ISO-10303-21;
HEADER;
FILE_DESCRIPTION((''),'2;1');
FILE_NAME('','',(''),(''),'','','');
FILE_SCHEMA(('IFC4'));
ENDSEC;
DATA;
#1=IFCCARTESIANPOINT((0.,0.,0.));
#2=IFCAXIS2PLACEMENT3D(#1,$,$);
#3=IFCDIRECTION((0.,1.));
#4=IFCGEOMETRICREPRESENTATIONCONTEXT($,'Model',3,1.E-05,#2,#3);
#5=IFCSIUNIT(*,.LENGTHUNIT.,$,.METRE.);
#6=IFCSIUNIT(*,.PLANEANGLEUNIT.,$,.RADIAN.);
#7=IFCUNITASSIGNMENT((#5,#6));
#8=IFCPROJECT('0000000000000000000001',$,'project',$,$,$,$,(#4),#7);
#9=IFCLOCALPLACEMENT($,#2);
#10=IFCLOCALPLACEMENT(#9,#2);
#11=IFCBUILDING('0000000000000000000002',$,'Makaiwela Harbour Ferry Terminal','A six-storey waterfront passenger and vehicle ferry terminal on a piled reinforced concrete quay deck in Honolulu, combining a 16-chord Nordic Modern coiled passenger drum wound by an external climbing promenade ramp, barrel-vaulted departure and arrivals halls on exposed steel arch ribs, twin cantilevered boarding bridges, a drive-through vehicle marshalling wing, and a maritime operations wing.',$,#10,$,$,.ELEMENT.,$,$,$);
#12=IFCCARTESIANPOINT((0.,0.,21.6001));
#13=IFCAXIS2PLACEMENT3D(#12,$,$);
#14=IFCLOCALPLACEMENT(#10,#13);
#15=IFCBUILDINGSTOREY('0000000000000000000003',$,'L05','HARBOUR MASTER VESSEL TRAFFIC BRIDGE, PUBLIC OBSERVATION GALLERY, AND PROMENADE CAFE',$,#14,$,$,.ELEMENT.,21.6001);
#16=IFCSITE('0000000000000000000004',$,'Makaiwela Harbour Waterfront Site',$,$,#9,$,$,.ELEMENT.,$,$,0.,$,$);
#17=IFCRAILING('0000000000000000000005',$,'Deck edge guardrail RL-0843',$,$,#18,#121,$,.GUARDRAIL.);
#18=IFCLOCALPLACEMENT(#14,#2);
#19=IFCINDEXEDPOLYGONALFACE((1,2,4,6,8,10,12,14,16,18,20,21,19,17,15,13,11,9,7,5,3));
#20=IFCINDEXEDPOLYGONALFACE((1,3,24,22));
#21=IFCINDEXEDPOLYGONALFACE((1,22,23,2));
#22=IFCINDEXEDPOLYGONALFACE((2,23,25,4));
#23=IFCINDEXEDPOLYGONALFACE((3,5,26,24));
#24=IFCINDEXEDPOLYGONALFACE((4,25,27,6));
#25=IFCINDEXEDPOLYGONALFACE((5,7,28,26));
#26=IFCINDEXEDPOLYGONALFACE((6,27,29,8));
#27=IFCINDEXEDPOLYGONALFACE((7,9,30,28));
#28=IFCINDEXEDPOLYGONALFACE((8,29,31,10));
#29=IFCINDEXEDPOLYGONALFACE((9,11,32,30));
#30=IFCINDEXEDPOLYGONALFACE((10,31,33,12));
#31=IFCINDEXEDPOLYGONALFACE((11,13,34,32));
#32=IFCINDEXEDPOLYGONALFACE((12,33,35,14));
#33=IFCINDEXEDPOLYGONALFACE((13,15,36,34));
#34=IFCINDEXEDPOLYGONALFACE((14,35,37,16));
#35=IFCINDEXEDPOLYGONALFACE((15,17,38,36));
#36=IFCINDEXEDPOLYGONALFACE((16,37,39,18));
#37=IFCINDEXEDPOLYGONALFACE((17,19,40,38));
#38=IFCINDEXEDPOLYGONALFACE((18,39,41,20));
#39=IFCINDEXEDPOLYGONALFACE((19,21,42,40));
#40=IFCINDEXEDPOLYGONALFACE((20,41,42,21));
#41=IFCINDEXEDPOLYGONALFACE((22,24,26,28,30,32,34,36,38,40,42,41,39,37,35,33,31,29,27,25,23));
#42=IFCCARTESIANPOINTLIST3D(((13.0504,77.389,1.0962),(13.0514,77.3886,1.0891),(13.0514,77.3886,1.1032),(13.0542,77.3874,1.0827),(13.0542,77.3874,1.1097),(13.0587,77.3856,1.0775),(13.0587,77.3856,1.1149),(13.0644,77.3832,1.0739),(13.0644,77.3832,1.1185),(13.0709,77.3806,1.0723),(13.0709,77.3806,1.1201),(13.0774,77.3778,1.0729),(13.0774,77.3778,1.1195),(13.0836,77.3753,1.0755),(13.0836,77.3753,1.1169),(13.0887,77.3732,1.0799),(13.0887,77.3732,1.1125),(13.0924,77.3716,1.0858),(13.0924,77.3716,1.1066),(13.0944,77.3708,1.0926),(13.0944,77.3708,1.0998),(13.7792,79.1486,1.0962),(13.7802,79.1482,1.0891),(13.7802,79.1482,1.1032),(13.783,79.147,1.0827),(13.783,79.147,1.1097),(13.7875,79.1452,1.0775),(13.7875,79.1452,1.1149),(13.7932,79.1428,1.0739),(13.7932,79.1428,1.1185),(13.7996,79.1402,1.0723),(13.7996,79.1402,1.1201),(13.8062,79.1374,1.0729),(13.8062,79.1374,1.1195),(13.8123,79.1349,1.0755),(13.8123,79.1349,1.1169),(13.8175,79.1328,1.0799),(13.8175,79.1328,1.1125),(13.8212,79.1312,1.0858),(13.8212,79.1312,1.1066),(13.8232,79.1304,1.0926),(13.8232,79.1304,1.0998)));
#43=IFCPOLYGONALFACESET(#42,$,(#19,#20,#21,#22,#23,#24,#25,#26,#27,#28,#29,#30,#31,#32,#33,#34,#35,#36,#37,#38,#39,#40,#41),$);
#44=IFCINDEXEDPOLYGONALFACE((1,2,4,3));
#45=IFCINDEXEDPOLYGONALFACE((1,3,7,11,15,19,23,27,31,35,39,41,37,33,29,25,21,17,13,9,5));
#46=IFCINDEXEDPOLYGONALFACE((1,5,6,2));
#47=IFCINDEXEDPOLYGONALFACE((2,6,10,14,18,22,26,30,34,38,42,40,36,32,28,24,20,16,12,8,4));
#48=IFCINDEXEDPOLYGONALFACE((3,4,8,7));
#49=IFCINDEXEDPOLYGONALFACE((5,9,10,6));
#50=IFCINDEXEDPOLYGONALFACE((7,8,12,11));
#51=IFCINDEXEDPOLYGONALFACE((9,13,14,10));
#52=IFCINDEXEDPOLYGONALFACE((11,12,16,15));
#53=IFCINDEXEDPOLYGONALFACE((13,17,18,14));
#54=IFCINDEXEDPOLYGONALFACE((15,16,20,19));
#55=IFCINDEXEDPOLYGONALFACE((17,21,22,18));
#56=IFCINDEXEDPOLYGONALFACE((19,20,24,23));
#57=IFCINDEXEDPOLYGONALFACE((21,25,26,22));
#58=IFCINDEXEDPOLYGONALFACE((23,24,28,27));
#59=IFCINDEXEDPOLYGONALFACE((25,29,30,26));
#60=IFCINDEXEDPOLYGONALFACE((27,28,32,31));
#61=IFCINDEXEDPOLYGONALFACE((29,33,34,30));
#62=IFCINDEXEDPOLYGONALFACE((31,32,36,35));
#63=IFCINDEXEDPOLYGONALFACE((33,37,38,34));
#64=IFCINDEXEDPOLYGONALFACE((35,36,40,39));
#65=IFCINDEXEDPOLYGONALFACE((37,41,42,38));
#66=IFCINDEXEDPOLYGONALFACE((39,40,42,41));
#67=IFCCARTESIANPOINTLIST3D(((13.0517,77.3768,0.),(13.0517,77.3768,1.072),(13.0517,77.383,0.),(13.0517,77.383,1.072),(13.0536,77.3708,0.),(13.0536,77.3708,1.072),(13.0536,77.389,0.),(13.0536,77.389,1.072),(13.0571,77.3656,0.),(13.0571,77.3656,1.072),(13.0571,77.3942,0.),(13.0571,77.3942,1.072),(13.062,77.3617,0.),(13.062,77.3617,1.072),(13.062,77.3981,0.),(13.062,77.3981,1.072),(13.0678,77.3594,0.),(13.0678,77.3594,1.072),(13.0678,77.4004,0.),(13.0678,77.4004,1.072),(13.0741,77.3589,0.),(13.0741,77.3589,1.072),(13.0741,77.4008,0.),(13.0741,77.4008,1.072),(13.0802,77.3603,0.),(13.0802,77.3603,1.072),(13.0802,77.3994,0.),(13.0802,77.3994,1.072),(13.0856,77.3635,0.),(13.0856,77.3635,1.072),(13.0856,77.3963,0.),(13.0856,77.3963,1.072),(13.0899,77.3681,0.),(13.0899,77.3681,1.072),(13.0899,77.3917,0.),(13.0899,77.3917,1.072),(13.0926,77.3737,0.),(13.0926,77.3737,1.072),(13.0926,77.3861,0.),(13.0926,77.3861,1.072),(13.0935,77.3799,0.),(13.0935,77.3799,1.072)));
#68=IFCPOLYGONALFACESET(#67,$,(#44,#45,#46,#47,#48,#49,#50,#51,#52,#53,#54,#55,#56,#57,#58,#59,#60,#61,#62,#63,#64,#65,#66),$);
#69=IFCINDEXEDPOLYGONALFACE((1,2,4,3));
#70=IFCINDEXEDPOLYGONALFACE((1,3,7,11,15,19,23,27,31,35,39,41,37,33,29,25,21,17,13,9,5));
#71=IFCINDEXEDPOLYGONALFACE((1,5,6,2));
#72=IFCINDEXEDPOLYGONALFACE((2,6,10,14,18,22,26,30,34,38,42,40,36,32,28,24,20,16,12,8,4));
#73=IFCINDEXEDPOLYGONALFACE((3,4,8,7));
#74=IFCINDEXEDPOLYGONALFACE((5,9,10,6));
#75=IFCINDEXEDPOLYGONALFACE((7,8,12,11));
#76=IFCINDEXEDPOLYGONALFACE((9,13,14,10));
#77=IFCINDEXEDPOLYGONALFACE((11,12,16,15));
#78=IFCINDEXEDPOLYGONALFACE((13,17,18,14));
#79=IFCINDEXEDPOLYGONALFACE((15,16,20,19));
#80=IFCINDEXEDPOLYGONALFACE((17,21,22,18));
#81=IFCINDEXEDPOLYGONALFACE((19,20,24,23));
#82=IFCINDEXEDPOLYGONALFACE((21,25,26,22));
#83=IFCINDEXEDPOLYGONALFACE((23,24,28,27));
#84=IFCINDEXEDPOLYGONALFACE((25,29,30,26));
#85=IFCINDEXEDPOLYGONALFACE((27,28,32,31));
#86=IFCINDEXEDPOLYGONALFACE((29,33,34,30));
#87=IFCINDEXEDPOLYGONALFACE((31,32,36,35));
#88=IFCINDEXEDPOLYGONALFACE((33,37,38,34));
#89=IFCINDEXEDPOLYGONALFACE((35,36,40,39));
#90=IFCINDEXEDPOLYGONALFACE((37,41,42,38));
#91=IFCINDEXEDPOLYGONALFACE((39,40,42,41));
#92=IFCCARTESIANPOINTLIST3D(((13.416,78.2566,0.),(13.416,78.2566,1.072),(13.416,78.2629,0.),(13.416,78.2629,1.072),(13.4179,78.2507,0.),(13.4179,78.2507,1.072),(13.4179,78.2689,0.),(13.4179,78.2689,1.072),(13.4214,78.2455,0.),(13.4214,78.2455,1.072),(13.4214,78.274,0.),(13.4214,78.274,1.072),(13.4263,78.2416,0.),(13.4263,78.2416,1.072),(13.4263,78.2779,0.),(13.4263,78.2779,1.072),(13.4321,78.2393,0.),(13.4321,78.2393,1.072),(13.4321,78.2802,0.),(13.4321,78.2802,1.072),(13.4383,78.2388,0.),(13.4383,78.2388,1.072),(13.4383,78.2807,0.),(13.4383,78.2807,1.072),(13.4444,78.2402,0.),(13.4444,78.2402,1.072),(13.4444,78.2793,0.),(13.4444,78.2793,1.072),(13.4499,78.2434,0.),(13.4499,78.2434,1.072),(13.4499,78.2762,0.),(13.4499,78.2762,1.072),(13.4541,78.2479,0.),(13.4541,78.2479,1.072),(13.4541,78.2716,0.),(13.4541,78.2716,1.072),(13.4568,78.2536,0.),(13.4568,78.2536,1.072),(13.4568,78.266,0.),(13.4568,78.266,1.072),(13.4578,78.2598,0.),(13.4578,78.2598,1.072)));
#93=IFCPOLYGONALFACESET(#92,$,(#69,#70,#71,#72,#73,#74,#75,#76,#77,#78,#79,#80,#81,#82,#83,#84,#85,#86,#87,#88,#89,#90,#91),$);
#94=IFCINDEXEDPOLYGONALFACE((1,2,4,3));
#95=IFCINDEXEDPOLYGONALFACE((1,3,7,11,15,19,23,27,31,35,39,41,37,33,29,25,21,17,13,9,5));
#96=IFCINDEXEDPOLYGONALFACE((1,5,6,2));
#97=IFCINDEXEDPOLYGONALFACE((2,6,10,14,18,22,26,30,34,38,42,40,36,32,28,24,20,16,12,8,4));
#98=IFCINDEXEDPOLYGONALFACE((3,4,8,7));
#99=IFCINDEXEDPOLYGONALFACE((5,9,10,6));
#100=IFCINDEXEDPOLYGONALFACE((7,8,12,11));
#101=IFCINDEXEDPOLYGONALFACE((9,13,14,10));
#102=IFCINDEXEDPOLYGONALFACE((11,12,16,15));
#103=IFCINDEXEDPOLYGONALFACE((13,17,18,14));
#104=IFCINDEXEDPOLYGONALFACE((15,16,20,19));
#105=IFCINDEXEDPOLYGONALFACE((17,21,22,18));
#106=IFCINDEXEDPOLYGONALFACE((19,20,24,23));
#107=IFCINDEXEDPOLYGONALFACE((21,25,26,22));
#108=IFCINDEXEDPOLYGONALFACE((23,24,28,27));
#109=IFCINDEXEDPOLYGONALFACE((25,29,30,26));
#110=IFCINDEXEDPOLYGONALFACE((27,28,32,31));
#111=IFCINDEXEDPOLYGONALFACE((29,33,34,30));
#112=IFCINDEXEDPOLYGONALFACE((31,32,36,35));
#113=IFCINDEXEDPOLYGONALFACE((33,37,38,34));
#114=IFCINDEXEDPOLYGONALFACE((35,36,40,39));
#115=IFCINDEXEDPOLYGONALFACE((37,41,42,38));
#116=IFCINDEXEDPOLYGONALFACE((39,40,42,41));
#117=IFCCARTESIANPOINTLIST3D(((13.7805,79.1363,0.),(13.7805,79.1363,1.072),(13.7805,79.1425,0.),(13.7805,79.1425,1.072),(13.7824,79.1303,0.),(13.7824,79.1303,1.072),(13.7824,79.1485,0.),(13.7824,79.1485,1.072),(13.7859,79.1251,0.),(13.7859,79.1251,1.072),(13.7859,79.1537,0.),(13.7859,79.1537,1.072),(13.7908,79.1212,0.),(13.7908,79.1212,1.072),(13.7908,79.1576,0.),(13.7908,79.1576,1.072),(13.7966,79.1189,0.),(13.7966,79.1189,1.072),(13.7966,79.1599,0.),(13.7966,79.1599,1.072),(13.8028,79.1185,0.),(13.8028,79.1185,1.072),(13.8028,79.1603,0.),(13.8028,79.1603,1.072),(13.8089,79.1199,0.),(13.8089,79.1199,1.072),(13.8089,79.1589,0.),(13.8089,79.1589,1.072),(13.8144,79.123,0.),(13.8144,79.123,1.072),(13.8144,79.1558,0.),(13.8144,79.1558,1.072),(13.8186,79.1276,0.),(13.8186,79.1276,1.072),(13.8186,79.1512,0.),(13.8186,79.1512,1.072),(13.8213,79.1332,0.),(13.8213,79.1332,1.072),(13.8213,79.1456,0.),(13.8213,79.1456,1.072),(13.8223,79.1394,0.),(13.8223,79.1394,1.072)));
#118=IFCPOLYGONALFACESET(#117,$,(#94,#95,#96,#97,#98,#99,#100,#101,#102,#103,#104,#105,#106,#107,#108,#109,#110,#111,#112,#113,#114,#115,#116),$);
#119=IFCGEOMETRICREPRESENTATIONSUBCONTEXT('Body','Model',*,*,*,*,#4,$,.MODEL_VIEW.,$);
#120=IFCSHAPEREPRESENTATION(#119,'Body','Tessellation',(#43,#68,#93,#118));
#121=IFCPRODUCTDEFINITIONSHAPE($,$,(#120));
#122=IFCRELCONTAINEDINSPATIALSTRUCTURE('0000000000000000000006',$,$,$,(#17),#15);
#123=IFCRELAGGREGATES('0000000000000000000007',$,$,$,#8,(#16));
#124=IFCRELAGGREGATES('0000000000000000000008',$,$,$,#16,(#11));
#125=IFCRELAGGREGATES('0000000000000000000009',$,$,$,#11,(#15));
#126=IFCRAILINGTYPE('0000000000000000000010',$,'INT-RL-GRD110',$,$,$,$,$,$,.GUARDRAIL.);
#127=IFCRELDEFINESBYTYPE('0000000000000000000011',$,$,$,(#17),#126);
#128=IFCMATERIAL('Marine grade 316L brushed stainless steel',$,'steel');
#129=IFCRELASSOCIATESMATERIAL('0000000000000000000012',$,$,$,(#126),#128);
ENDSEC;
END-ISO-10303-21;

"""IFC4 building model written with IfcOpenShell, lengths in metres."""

from ifc_helpers import new_model, si_unit, direction, frame, origin, origin_2d, place, context, subcontext, project, spatial, circle, extrude, material, type_object, element, save


model = new_model("IFC4")

# Units and contexts
model_context = context("Model", 3, precision=1e-05, world=origin(), true_north=direction((0.0, 1.0)))
body_context = subcontext(model_context, "Body", "Model", "MODEL_VIEW")
ifc_project = project(units=[si_unit("LENGTHUNIT", "METRE"), si_unit("PLANEANGLEUNIT", "RADIAN")], contexts=[model_context])

# Site, building, storey
site_placement = place(None, origin())
site = spatial("IfcSite", under=ifc_project, at=site_placement, Name="Makaiwela Harbour Waterfront Site", CompositionType="ELEMENT", RefElevation=0.0)
building_placement = place(site_placement, origin())
building = spatial("IfcBuilding", under=site, at=building_placement, Name="Makaiwela Harbour Ferry Terminal", Description="A six-storey waterfront passenger and vehicle ferry terminal on a piled reinforced concrete quay deck in Honolulu, combining a 16-chord Nordic Modern coiled passenger drum wound by an external climbing promenade ramp, barrel-vaulted departure and arrivals halls on exposed steel arch ribs, twin cantilevered boarding bridges, a drive-through vehicle marshalling wing, and a maritime operations wing.", CompositionType="ELEMENT")
storey_placement = place(building_placement, frame((0.0, 0.0, 21.6001)))
storey = spatial("IfcBuildingStorey", under=building, at=storey_placement, Name="L05", Description="HARBOUR MASTER VESSEL TRAFFIC BRIDGE, PUBLIC OBSERVATION GALLERY, AND PROMENADE CAFE", CompositionType="ELEMENT", Elevation=21.6001)

# Railing
ifc_material_1 = material(Name="Marine grade 316L brushed stainless steel", Category="steel")
railing_type = type_object("IfcRailingType", Name="INT-RL-GRD110", PredefinedType="GUARDRAIL", material=ifc_material_1)
railing_1_placement = place(storey_placement, frame((13.0725, 77.3799, 0.0)))
element("IfcRailing", 1, at=railing_1_placement, inside=storey, type_object=railing_type, Name="Deck edge guardrail RL-0843", PredefinedType="GUARDRAIL", context=body_context, shape_type="SweptSolid", body=[
    extrude(circle(Radius=0.0239, at=origin_2d()), frame((0.0, 0.0, 1.0962), z_axis=(0.382657, 0.92389, 0.0), x_axis=(-0.92389, 0.382657, 0.0)), (0.0, 0.0, 1.0), 1.9045),
    extrude(circle(Radius=0.021, at=origin_2d()), origin(), (0.0, 0.0, 1.0), 1.072),
    extrude(circle(Radius=0.021, at=origin_2d()), frame((0.3643, 0.8799, 0.0)), (0.0, 0.0, 1.0), 1.072),
    extrude(circle(Radius=0.021, at=origin_2d()), frame((0.7288, 1.7595, 0.0)), (0.0, 0.0, 1.0), 1.072),
])

save(model, "model.ifc")
